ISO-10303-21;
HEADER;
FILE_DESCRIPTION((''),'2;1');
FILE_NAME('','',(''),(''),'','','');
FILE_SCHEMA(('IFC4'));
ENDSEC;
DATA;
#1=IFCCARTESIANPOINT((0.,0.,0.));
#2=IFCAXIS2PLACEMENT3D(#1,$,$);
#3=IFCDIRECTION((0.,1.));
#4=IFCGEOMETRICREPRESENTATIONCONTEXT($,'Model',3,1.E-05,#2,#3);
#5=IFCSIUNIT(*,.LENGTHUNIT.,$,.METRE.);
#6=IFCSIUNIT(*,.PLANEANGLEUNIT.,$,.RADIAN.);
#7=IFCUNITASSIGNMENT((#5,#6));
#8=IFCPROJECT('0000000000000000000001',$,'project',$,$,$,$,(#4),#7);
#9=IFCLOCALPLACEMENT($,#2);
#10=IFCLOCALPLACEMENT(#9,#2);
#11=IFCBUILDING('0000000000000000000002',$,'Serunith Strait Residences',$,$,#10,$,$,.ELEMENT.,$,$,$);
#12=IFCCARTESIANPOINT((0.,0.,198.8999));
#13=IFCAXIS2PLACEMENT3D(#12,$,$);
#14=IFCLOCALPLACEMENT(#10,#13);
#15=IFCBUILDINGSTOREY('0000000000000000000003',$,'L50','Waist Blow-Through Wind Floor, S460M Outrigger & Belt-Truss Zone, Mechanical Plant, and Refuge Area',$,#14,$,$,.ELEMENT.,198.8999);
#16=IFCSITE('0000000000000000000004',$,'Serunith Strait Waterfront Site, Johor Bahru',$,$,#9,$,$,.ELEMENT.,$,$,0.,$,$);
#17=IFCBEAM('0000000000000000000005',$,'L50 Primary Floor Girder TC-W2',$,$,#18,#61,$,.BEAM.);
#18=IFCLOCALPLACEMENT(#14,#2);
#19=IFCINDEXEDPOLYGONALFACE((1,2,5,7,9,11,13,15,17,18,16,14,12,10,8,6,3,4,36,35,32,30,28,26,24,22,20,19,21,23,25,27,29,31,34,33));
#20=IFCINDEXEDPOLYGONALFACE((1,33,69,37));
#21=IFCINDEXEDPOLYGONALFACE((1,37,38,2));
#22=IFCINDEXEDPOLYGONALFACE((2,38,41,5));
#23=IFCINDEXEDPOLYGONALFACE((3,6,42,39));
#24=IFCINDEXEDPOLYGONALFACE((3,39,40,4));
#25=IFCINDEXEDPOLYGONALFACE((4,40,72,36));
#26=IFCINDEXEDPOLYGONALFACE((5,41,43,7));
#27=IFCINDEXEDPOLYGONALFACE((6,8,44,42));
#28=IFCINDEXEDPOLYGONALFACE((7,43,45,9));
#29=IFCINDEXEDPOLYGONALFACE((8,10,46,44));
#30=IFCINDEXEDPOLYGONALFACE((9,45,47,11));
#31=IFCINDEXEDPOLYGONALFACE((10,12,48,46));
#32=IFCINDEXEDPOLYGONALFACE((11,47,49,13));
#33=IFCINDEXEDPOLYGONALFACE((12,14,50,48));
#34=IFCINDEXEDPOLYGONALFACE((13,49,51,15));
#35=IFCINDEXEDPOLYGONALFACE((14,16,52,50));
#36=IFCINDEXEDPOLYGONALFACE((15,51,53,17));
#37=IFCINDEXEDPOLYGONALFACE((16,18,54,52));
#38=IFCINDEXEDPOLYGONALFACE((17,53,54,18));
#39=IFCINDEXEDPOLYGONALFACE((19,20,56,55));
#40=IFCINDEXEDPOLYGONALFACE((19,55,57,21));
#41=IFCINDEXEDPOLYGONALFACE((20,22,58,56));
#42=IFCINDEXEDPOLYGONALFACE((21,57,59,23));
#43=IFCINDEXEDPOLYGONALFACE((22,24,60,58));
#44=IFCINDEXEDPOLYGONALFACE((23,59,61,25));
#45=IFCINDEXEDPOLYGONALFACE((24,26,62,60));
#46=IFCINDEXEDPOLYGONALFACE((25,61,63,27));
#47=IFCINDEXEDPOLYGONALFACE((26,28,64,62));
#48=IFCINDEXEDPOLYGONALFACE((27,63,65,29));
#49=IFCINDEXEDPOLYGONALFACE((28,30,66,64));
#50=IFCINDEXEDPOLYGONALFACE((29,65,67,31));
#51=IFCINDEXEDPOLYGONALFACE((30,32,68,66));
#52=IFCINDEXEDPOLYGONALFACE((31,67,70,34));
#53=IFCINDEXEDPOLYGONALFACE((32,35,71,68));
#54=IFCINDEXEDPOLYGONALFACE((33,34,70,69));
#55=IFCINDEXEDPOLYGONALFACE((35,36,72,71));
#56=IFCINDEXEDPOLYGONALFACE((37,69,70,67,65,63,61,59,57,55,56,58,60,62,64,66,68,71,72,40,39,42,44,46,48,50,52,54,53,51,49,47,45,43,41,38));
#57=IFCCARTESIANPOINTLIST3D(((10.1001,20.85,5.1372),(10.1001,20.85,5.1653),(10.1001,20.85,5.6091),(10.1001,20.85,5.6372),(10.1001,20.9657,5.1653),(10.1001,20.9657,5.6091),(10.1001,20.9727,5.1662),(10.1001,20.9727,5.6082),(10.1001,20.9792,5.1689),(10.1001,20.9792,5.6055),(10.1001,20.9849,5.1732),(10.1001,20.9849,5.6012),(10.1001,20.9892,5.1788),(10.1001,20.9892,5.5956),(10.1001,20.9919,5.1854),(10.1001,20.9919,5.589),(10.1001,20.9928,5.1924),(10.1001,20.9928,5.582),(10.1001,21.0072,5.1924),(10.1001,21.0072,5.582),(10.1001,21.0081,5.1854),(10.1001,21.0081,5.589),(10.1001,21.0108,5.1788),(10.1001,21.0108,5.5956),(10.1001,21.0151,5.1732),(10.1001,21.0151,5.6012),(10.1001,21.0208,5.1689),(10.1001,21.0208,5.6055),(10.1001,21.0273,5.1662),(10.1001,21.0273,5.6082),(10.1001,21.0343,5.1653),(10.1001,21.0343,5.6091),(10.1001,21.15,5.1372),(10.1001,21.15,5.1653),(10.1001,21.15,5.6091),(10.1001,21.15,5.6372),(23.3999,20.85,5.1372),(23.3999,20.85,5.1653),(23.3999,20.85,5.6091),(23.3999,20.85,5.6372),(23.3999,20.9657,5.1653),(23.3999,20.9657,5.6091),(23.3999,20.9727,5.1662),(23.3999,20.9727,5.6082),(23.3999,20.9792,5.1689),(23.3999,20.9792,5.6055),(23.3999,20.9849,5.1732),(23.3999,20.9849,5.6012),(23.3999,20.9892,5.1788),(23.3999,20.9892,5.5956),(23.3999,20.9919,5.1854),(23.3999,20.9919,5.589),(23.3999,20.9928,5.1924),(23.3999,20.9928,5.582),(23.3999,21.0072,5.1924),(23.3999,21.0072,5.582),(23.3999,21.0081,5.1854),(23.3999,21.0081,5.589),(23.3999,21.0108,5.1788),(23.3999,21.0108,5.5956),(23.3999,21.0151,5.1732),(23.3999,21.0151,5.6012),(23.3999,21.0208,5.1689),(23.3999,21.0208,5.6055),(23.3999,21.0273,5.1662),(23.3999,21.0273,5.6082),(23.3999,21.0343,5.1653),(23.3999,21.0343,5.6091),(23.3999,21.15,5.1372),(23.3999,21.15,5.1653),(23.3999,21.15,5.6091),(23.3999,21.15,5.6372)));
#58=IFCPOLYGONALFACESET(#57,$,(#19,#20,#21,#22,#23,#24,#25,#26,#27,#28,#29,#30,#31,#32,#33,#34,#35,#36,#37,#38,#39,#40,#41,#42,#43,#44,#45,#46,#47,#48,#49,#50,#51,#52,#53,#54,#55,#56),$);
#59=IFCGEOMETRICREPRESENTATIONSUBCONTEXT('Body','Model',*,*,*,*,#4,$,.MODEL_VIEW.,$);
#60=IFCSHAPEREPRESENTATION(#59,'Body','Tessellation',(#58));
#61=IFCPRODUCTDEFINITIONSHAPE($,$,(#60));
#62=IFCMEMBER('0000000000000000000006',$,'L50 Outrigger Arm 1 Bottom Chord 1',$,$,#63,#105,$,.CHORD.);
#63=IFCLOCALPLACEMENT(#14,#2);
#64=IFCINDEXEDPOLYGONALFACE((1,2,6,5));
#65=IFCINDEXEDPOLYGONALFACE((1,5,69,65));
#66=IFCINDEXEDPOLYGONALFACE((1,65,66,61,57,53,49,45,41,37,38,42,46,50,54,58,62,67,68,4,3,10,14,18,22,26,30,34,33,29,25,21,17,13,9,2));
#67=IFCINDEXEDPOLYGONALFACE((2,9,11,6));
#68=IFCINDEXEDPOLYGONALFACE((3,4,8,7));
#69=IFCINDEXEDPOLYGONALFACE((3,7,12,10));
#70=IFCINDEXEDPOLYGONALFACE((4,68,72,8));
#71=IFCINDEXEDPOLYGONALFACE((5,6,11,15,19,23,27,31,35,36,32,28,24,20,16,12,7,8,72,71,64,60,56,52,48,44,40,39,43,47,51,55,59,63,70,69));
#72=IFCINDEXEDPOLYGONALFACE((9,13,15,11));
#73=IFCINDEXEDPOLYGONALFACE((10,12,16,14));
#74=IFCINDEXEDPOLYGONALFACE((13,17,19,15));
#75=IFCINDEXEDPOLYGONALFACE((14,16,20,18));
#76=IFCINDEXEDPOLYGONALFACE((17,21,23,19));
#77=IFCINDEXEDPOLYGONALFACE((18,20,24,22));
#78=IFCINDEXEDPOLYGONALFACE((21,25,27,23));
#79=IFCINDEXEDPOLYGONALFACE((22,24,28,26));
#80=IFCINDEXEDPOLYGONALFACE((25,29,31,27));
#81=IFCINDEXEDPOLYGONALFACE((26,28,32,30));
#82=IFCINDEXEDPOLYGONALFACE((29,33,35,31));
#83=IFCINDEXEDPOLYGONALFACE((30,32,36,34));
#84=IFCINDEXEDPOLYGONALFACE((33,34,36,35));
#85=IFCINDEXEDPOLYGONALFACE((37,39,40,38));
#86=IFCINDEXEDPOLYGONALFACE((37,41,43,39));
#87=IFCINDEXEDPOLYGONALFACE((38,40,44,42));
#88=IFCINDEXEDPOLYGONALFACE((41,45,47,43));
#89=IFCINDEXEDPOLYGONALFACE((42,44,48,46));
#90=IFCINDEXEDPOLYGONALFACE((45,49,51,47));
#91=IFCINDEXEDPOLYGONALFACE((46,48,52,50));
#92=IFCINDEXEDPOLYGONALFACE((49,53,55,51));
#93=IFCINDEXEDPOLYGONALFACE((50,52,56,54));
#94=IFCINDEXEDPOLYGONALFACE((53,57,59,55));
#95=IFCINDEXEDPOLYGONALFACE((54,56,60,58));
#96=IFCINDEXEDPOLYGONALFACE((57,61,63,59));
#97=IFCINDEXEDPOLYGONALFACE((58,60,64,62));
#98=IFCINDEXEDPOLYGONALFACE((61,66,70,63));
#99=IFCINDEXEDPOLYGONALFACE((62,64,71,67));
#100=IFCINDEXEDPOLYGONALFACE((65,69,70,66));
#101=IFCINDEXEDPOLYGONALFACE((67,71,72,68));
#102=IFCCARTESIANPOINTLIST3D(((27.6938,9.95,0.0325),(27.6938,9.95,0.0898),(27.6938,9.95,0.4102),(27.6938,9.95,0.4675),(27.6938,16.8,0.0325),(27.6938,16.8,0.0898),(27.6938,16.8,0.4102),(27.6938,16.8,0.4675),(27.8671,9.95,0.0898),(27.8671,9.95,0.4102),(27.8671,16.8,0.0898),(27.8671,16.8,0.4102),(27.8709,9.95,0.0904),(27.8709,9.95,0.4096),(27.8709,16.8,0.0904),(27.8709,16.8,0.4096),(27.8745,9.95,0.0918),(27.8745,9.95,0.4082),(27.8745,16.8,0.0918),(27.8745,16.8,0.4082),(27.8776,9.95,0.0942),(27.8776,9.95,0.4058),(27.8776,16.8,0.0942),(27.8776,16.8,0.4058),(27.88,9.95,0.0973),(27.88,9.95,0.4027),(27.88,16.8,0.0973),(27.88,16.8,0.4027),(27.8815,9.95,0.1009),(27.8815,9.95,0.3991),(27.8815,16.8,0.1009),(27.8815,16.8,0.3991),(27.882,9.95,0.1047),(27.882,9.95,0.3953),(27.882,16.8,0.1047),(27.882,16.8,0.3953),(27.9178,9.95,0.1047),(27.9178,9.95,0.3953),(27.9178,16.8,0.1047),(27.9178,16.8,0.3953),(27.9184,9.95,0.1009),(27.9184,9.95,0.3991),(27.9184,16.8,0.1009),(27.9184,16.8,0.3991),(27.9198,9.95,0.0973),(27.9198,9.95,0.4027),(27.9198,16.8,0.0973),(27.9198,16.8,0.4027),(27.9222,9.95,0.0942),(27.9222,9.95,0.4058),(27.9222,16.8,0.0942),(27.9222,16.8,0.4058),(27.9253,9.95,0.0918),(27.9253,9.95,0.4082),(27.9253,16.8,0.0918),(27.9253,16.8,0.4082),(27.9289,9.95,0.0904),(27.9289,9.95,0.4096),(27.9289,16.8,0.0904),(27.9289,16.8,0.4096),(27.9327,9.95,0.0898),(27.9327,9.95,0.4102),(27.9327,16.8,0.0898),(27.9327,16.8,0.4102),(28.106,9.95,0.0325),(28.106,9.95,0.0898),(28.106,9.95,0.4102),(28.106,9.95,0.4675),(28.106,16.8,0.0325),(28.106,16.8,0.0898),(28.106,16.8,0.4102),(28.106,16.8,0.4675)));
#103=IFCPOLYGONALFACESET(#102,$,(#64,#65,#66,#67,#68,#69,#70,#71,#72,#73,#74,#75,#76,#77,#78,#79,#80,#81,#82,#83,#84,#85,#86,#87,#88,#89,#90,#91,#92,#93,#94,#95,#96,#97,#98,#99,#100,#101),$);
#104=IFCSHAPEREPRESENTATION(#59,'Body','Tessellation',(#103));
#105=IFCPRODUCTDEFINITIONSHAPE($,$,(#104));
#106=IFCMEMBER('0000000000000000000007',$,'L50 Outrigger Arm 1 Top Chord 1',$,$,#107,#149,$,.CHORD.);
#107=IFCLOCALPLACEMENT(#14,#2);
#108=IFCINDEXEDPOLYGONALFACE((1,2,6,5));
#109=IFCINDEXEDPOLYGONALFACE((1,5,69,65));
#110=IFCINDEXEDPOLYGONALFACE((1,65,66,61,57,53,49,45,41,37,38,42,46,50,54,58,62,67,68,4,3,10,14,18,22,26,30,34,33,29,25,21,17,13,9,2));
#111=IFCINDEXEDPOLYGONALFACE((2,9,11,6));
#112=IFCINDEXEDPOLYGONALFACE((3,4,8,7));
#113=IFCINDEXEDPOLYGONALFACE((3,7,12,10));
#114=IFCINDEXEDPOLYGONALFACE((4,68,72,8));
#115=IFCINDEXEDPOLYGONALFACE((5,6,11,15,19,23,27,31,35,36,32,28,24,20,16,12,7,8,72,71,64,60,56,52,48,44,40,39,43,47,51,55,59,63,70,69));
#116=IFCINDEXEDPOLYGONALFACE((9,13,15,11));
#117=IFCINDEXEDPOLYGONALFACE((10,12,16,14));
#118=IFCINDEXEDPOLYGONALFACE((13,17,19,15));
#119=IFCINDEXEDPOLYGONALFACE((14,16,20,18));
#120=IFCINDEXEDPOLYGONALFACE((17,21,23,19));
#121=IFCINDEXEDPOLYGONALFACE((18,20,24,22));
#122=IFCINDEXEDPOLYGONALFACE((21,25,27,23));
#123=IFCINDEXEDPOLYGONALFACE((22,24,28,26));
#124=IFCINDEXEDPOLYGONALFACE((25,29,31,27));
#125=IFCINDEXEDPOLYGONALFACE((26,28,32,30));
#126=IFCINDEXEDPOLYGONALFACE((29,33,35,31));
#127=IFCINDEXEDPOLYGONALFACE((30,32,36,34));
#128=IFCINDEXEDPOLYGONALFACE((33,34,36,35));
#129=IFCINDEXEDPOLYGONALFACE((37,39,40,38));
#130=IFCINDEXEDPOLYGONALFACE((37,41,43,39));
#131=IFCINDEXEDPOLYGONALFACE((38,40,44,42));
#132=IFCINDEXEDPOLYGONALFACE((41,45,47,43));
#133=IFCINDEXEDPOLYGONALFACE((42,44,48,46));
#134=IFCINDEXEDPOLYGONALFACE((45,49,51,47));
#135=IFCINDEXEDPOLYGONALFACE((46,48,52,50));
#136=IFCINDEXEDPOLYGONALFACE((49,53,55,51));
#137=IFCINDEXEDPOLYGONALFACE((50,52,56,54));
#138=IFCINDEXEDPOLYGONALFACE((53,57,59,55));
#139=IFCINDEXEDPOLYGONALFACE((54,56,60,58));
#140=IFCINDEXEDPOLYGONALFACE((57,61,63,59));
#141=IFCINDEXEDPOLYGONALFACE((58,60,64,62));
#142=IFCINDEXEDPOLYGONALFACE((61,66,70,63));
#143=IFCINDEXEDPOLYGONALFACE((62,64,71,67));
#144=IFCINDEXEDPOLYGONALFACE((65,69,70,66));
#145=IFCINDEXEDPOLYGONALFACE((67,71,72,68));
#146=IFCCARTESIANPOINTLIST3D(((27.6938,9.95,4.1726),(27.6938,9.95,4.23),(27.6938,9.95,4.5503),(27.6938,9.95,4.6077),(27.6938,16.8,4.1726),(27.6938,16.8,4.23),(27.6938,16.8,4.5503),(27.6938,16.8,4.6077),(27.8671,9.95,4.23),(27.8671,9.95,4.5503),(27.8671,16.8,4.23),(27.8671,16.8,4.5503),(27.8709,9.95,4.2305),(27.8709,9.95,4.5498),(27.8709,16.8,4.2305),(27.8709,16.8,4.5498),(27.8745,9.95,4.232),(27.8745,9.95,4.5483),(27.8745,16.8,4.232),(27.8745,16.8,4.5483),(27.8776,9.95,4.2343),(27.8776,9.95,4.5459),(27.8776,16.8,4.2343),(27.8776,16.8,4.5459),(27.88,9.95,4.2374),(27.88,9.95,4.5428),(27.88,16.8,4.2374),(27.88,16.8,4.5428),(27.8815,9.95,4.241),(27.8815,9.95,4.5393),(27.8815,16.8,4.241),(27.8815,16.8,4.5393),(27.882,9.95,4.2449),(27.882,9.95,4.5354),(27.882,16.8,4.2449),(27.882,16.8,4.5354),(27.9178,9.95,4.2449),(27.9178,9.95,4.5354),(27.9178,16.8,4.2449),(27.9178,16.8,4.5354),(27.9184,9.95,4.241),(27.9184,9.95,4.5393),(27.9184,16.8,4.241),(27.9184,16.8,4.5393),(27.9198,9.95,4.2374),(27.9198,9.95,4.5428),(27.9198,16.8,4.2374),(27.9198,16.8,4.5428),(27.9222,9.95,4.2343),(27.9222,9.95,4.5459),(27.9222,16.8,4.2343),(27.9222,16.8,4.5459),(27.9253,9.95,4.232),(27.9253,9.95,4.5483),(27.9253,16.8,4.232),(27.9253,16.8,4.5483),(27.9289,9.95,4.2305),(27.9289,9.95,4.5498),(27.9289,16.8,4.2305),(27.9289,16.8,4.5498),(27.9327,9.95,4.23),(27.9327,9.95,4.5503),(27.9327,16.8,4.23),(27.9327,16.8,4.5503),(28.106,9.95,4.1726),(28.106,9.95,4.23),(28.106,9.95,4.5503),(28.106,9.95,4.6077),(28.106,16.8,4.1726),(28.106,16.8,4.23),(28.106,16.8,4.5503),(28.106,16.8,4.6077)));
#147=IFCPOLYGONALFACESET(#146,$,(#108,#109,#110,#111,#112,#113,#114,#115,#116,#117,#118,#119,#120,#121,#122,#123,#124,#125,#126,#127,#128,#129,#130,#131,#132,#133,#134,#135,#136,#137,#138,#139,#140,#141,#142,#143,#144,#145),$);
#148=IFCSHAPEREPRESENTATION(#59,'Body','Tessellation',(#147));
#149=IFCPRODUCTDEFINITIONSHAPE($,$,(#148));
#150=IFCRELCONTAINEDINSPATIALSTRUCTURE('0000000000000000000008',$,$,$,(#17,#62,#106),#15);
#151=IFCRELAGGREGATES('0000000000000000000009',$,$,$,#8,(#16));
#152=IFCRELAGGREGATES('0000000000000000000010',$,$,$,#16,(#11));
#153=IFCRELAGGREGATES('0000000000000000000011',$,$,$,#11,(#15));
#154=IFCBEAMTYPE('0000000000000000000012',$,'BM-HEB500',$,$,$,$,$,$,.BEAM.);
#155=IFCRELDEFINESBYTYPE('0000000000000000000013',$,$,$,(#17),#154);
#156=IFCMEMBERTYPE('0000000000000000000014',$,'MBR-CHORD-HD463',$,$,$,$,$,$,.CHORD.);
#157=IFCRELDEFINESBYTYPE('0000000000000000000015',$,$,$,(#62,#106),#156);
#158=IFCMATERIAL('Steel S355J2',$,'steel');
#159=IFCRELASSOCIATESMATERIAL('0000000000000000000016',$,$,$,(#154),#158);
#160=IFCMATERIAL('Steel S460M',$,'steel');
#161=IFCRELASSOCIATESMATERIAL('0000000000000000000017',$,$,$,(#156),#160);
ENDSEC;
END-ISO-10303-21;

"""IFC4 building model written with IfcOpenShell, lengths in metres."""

from ifc_helpers import new_model, si_unit, direction, frame, origin, origin_2d, place, context, subcontext, project, spatial, i_section, extrude, source, transform, mapped, material, material_profile, profile_set, type_object, element, save


model = new_model("IFC4")

# Units and contexts
model_context = context("Model", 3, precision=1e-05, world=origin(), true_north=direction((0.0, 1.0)))
body_context = subcontext(model_context, "Body", "Model", "MODEL_VIEW")
ifc_project = project(units=[si_unit("LENGTHUNIT", "METRE"), si_unit("PLANEANGLEUNIT", "RADIAN")], contexts=[model_context])

# Site, building, storey
site_placement = place(None, origin())
site = spatial("IfcSite", under=ifc_project, at=site_placement, Name="Serunith Strait Waterfront Site, Johor Bahru", CompositionType="ELEMENT", RefElevation=0.0)
building_placement = place(site_placement, origin())
building = spatial("IfcBuilding", under=site, at=building_placement, Name="Serunith Strait Residences", CompositionType="ELEMENT")
storey_placement = place(building_placement, frame((0.0, 0.0, 198.8999)))
storey = spatial("IfcBuildingStorey", under=building, at=storey_placement, Name="L50", Description="Waist Blow-Through Wind Floor, S460M Outrigger & Belt-Truss Zone, Mechanical Plant, and Refuge Area", CompositionType="ELEMENT", Elevation=198.8999)

# Beam
ifc_material_1 = material(Name="Steel S355J2", Category="steel")
ifc_material_profile_1 = material_profile(ifc_material_1, i_section(OverallWidth=0.3, OverallDepth=0.5, WebThickness=0.0144, FlangeThickness=0.0281, FilletRadius=0.0271, at=origin_2d()), Name="HEB 500")
ifc_profile_set_1 = profile_set([ifc_material_profile_1], Name="Steel S355J2")
beam_type_1 = type_object("IfcBeamType", Name="BM-HEB500", PredefinedType="BEAM", material=ifc_profile_set_1)
shared_shape_1 = source(origin(), body_context, "Body", "SweptSolid", [
    extrude(i_section(OverallWidth=0.3, OverallDepth=0.5, WebThickness=0.0144, FlangeThickness=0.0281, FilletRadius=0.0271, at=origin_2d()), origin(), (0.0, 0.0, 1.0), 13.2998),
])
beam_placement = place(storey_placement, frame((23.3999, 21.0, 5.3872), z_axis=(-1.0, 0.0, 0.0), x_axis=(0.0, -1.0, 0.0)))
element("IfcBeam", 1, at=beam_placement, inside=storey, type_object=beam_type_1, Name="L50 Primary Floor Girder TC-W2", PredefinedType="BEAM", context=body_context, shape_type="MappedRepresentation", body=[
    mapped(shared_shape_1, transform((0.0, 0.0, 0.0), scale=1.0)),
])

# Members
ifc_material_2 = material(Name="Steel S460M", Category="steel")
ifc_material_profile_2 = material_profile(ifc_material_2, i_section(OverallWidth=0.4121, OverallDepth=0.4351, WebThickness=0.0359, FlangeThickness=0.0574, FilletRadius=0.0149, at=origin_2d()), Name="HD 400x463")
ifc_profile_set_2 = profile_set([ifc_material_profile_2], Name="Steel S460M")
member_type_1 = type_object("IfcMemberType", Name="MBR-CHORD-HD463", PredefinedType="CHORD", material=ifc_profile_set_2)
shared_shape_2 = source(origin(), body_context, "Body", "SweptSolid", [
    extrude(i_section(OverallWidth=0.4121, OverallDepth=0.4351, WebThickness=0.0359, FlangeThickness=0.0574, FilletRadius=0.0149, at=origin_2d()), origin(), (0.0, 0.0, 1.0), 6.8501),
])
for number, where, z_axis, x_axis, name in (
    (2, (27.8999, 16.8, 0.25), (0.0, -1.0, 0.0), (1.0, 0.0, 0.0), "L50 Outrigger Arm 1 Bottom Chord 1"),
    (3, (27.8999, 16.8, 4.3901), (0.0, -1.0, 0.0), (1.0, 0.0, 0.0), "L50 Outrigger Arm 1 Top Chord 1"),
):
    element("IfcMember", number, at=place(storey_placement, frame(where, z_axis=z_axis, x_axis=x_axis)), inside=storey, type_object=member_type_1, Name=name, PredefinedType="CHORD", context=body_context, shape_type="MappedRepresentation", body=[
        mapped(shared_shape_2, transform((0.0, 0.0, 0.0), scale=1.0)),
    ])

save(model, "model.ifc")
